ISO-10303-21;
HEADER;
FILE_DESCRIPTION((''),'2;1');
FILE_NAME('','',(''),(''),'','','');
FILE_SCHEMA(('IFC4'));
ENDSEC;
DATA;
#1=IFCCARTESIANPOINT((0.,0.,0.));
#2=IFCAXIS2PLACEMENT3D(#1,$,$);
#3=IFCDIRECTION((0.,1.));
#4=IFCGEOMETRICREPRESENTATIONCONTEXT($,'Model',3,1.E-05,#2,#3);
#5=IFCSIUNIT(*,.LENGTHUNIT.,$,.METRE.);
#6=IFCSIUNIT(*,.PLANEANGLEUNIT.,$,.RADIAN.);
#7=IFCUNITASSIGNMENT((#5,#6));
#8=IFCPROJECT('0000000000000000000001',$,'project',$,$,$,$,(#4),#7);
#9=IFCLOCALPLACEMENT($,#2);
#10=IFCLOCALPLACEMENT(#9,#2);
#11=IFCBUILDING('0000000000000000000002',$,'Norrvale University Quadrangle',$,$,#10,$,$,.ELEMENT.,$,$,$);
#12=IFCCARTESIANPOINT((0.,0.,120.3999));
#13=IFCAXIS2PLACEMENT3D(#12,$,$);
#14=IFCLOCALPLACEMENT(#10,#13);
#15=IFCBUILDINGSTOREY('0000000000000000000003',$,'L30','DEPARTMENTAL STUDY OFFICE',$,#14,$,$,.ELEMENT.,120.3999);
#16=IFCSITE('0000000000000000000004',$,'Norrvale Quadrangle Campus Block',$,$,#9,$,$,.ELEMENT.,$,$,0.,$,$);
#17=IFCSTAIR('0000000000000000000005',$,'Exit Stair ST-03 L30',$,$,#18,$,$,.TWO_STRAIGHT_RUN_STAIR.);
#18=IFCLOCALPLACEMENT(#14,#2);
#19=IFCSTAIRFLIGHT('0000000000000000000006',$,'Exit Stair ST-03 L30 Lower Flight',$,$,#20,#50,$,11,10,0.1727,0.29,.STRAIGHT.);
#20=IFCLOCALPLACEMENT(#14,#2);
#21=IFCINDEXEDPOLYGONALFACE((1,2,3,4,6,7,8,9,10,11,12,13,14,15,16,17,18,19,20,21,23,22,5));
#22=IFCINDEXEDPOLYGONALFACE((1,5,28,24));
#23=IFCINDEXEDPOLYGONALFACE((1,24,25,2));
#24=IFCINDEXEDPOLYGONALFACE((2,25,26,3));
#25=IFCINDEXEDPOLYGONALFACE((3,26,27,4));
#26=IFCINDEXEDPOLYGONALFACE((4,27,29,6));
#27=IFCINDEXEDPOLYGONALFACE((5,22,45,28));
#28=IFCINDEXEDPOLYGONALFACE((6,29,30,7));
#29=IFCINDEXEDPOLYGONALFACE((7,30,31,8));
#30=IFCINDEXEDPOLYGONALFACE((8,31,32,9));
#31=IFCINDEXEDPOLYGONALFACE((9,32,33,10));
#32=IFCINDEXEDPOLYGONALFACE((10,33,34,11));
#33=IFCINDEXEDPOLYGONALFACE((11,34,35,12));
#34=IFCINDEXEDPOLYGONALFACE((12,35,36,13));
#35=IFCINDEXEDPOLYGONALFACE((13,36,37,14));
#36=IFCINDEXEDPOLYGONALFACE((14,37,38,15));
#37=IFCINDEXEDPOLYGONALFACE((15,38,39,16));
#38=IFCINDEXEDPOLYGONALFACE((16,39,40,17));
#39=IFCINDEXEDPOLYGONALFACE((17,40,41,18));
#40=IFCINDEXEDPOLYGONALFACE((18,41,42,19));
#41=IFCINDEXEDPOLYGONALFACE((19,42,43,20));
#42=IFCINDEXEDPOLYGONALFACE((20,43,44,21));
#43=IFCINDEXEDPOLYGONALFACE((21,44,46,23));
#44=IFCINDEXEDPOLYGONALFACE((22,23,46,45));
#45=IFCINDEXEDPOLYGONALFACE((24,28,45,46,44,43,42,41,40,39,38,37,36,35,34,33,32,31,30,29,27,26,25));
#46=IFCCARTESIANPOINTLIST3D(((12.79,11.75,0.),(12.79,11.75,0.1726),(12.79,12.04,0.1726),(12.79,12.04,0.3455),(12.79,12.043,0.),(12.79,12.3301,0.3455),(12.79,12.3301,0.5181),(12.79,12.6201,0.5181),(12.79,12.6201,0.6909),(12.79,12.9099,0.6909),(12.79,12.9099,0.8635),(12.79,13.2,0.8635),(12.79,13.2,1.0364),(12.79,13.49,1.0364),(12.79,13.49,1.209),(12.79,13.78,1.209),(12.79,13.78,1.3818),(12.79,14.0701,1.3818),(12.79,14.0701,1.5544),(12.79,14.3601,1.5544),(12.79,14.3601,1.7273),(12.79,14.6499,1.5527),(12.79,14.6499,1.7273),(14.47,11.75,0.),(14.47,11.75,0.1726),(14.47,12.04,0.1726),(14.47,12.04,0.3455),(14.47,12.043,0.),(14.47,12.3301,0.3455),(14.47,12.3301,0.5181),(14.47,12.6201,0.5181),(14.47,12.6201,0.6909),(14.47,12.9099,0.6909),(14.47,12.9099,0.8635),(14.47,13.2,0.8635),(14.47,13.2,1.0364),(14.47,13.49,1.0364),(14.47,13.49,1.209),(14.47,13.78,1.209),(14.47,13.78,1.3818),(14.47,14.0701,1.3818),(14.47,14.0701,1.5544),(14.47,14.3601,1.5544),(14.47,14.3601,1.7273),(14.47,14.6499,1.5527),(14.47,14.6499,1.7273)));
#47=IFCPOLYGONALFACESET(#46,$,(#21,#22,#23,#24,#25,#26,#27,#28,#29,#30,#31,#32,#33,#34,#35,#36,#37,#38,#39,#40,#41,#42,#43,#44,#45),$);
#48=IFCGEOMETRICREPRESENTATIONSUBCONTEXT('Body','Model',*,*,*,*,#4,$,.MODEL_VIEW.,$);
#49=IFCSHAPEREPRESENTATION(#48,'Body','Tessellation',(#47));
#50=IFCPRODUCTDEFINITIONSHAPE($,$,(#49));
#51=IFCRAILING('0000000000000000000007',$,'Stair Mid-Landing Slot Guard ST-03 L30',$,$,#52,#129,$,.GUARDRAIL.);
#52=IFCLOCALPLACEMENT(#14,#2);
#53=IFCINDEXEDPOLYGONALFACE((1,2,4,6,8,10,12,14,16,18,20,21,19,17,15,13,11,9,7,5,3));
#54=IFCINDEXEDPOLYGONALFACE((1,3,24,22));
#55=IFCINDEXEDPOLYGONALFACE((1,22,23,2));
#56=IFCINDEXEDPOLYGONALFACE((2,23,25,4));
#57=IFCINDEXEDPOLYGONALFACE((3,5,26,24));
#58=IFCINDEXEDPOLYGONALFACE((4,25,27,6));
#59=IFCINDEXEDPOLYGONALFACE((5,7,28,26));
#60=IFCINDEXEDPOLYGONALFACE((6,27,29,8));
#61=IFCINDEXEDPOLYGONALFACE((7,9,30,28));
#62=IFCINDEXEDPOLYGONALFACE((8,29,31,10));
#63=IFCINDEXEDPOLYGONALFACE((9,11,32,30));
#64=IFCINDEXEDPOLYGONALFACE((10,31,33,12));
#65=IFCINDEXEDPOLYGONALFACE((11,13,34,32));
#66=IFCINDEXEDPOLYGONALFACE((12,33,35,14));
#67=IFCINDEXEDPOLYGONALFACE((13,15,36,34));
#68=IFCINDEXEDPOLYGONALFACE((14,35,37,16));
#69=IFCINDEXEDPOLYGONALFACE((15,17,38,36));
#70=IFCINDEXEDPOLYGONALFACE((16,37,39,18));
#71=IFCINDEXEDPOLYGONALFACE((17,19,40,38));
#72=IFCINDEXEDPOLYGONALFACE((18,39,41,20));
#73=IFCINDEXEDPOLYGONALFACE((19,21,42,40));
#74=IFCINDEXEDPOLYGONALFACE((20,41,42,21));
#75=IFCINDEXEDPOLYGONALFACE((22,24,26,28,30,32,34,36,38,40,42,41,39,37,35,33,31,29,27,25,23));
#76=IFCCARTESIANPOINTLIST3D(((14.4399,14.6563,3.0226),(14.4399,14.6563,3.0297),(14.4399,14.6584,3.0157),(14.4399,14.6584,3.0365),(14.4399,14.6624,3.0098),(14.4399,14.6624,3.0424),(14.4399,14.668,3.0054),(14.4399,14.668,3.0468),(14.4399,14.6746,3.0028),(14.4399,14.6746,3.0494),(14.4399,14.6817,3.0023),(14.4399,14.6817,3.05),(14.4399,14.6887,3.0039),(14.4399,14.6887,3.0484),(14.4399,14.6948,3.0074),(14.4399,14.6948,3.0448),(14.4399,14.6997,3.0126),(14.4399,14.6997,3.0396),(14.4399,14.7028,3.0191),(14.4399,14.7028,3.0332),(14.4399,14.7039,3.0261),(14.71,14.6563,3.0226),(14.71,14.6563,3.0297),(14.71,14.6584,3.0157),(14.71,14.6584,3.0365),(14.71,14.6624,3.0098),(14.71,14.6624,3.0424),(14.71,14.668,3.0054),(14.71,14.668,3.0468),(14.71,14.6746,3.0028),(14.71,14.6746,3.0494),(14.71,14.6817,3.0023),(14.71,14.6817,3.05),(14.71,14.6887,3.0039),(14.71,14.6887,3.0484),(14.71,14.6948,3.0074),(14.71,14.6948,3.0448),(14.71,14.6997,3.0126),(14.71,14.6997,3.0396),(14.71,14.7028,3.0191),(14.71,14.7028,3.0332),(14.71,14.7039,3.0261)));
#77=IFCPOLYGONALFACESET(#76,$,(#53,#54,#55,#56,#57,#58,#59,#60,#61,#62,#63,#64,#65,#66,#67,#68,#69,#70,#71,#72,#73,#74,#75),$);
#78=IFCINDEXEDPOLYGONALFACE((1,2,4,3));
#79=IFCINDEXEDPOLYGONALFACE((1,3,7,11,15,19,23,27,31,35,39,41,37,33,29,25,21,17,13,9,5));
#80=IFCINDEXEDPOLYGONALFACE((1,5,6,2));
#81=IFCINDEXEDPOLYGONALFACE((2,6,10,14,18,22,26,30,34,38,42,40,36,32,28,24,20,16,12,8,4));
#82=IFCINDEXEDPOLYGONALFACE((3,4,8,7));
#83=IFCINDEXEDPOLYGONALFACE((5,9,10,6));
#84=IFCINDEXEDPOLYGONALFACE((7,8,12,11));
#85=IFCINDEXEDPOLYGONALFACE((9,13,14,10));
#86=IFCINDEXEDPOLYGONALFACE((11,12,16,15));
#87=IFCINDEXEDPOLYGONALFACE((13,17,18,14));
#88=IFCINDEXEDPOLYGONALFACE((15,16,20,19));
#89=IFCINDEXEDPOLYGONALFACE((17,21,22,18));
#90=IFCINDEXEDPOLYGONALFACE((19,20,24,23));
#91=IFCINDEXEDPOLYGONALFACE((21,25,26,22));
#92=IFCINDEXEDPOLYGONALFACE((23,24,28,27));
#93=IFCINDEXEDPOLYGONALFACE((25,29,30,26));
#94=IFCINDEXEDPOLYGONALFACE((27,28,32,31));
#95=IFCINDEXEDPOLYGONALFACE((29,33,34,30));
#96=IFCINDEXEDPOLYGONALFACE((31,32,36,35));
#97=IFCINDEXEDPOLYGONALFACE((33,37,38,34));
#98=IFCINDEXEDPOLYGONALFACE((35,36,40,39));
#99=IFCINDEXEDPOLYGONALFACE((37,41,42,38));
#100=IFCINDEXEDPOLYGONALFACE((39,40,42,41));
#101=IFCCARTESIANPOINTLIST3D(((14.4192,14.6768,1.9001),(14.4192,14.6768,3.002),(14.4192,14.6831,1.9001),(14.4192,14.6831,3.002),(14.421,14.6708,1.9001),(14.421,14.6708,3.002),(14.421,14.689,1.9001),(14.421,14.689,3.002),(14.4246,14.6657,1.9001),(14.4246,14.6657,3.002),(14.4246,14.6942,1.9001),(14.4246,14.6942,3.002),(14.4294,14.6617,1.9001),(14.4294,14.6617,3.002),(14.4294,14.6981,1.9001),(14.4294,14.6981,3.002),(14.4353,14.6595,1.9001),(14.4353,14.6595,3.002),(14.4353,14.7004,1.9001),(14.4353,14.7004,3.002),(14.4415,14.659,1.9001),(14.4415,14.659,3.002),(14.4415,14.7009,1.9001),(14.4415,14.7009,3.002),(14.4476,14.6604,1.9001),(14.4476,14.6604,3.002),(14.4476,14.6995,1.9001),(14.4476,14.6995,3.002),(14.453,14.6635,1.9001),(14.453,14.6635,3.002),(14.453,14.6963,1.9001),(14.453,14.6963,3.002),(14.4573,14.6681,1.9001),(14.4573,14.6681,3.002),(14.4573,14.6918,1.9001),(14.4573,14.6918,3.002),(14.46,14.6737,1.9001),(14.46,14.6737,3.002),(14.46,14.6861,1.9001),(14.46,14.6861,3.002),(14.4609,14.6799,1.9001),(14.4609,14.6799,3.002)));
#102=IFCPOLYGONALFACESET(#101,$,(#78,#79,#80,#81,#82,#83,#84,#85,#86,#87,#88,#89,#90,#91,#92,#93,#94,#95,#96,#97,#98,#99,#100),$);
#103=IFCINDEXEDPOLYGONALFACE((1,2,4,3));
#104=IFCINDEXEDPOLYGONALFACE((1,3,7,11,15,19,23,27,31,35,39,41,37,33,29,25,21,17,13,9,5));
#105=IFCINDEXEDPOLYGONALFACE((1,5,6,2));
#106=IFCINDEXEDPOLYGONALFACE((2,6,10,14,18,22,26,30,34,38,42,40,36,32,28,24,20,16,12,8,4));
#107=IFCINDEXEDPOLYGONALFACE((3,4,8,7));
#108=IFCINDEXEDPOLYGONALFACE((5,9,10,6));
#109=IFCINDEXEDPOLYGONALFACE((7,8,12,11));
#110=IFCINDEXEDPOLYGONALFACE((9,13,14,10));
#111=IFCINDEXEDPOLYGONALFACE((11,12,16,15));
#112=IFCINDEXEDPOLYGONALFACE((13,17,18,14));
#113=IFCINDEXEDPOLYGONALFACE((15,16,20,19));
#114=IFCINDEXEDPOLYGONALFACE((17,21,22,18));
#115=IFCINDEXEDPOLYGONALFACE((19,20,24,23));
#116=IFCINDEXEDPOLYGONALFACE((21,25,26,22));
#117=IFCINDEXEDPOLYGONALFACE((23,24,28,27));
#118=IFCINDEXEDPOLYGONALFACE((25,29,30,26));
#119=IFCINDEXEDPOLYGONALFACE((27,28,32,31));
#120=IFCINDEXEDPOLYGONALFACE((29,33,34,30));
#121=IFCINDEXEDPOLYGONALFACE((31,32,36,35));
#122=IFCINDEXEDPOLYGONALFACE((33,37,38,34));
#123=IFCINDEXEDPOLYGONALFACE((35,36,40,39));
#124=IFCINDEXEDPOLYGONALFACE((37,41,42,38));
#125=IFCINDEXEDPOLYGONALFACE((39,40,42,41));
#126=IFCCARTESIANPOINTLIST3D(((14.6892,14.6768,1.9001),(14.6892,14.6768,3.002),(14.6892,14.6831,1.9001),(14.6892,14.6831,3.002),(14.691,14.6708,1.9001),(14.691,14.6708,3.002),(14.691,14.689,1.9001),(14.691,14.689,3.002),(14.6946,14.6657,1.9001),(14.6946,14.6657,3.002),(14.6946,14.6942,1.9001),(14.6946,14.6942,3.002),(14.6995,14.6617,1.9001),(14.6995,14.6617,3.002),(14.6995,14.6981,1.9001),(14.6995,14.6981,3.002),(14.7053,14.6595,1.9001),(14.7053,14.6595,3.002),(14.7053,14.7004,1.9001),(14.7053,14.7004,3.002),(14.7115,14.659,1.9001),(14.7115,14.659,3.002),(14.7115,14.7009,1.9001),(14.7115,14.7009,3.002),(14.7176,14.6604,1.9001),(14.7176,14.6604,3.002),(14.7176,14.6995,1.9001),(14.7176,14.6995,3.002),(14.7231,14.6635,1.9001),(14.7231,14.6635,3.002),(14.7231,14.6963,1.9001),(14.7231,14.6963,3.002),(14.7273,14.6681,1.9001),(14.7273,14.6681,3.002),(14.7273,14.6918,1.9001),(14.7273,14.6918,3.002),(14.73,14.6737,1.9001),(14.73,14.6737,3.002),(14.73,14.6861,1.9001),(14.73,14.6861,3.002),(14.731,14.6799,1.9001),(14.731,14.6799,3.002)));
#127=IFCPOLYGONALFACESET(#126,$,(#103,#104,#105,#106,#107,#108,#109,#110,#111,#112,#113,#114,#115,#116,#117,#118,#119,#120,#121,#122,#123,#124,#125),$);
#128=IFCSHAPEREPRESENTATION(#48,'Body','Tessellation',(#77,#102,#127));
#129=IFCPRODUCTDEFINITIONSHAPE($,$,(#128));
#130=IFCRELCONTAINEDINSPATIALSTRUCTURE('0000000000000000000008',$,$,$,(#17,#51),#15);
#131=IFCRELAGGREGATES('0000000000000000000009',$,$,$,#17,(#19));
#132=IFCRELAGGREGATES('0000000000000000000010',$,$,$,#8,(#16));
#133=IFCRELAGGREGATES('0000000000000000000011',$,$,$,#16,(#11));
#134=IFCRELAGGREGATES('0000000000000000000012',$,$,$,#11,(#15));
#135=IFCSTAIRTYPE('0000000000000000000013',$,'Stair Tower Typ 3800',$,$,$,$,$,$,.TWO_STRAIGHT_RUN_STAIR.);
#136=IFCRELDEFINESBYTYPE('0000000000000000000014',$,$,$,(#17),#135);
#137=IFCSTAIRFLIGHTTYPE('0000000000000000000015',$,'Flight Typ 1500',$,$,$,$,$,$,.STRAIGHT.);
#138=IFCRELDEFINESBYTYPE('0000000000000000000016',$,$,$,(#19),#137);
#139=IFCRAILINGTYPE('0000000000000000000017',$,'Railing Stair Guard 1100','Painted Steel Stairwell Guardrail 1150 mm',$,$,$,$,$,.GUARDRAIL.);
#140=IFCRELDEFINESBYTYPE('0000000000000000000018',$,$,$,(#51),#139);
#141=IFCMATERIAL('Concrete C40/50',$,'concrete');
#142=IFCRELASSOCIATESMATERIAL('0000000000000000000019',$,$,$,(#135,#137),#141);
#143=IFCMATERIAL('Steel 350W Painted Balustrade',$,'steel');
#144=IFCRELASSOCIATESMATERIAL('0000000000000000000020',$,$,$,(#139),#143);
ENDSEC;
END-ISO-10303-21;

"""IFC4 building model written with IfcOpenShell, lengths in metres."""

from ifc_helpers import new_model, si_unit, direction, frame, origin, origin_2d, place, context, subcontext, project, spatial, polyline, circle, outline, extrude, material, type_object, element, aggregate, save


model = new_model("IFC4")

# Units and contexts
model_context = context("Model", 3, precision=1e-05, world=origin(), true_north=direction((0.0, 1.0)))
body_context = subcontext(model_context, "Body", "Model", "MODEL_VIEW")
ifc_project = project(units=[si_unit("LENGTHUNIT", "METRE"), si_unit("PLANEANGLEUNIT", "RADIAN")], contexts=[model_context])

# Site, building, storey
site_placement = place(None, origin())
site = spatial("IfcSite", under=ifc_project, at=site_placement, Name="Norrvale Quadrangle Campus Block", CompositionType="ELEMENT", RefElevation=0.0)
building_placement = place(site_placement, origin())
building = spatial("IfcBuilding", under=site, at=building_placement, Name="Norrvale University Quadrangle", CompositionType="ELEMENT")
storey_placement = place(building_placement, frame((0.0, 0.0, 120.3999)))
storey = spatial("IfcBuildingStorey", under=building, at=storey_placement, Name="L30", Description="DEPARTMENTAL STUDY OFFICE", CompositionType="ELEMENT", Elevation=120.3999)

# Stair, stair flight
ifc_material_1 = material(Name="Concrete C40/50", Category="concrete")
stair_type = type_object("IfcStairType", Name="Stair Tower Typ 3800", PredefinedType="TWO_STRAIGHT_RUN_STAIR", material=ifc_material_1)
stair_placement = place(storey_placement, origin())
stair = element("IfcStair", 1, at=stair_placement, inside=storey, type_object=stair_type, Name="Exit Stair ST-03 L30", PredefinedType="TWO_STRAIGHT_RUN_STAIR")
stair_flight_type = type_object("IfcStairFlightType", Name="Flight Typ 1500", PredefinedType="STRAIGHT", material=ifc_material_1)
stair_flight_placement = place(storey_placement, frame((13.6299, 11.75, 0.0), z_axis=(0.0, 0.0, 1.0), x_axis=(0.0, 1.0, 0.0)))
stair_flight = element("IfcStairFlight", 2, at=stair_flight_placement, type_object=stair_flight_type, Name="Exit Stair ST-03 L30 Lower Flight", NumberOfRisers=11, NumberOfTreads=10, PredefinedType="STRAIGHT", RiserHeight=0.1727, TreadLength=0.29, context=body_context, shape_type="SweptSolid", body=[
    extrude(outline(polyline([(0.0, 0.0), (0.0, 0.1726), (0.29, 0.1726), (0.29, 0.3455), (0.5801, 0.3455), (0.5801, 0.5181), (0.8701, 0.5181), (0.8701, 0.6909), (1.1599, 0.6909), (1.1599, 0.8635), (1.45, 0.8635), (1.45, 1.0364), (1.74, 1.0364), (1.74, 1.209), (2.03, 1.209), (2.03, 1.3818), (2.3201, 1.3818), (2.3201, 1.5544), (2.6101, 1.5544), (2.6101, 1.7273), (2.8999, 1.7273), (2.8999, 1.8999), (2.8999, 1.5527), (0.293, 0.0), (0.0, 0.0)])), frame((0.0, 0.8398, 0.0), z_axis=(0.0, -1.0, 0.0), x_axis=(1.0, 0.0, 0.0)), (0.0, 0.0, 1.0), 1.6799),
])
aggregate(stair, [stair_flight])

# Railing
ifc_material_2 = material(Name="Steel 350W Painted Balustrade", Category="steel")
railing_type_1 = type_object("IfcRailingType", Name="Railing Stair Guard 1100", Description="Painted Steel Stairwell Guardrail 1150 mm", PredefinedType="GUARDRAIL", material=ifc_material_2)
railing_1_placement = place(storey_placement, frame((14.4399, 14.6799, 1.9001)))
element("IfcRailing", 3, at=railing_1_placement, inside=storey, type_object=railing_type_1, Name="Stair Mid-Landing Slot Guard ST-03 L30", PredefinedType="GUARDRAIL", context=body_context, shape_type="SweptSolid", body=[
    extrude(circle(Radius=0.0239, at=origin_2d()), frame((0.0, 0.0, 1.126), z_axis=(1.0, 0.0, 0.0), x_axis=(0.0, 1.0, 0.0)), (0.0, 0.0, 1.0), 0.27),
    extrude(circle(Radius=0.021, at=origin_2d()), origin(), (0.0, 0.0, 1.0), 1.1018),
    extrude(circle(Radius=0.021, at=origin_2d()), frame((0.27, 0.0, 0.0)), (0.0, 0.0, 1.0), 1.1018),
])

save(model, "model.ifc")
